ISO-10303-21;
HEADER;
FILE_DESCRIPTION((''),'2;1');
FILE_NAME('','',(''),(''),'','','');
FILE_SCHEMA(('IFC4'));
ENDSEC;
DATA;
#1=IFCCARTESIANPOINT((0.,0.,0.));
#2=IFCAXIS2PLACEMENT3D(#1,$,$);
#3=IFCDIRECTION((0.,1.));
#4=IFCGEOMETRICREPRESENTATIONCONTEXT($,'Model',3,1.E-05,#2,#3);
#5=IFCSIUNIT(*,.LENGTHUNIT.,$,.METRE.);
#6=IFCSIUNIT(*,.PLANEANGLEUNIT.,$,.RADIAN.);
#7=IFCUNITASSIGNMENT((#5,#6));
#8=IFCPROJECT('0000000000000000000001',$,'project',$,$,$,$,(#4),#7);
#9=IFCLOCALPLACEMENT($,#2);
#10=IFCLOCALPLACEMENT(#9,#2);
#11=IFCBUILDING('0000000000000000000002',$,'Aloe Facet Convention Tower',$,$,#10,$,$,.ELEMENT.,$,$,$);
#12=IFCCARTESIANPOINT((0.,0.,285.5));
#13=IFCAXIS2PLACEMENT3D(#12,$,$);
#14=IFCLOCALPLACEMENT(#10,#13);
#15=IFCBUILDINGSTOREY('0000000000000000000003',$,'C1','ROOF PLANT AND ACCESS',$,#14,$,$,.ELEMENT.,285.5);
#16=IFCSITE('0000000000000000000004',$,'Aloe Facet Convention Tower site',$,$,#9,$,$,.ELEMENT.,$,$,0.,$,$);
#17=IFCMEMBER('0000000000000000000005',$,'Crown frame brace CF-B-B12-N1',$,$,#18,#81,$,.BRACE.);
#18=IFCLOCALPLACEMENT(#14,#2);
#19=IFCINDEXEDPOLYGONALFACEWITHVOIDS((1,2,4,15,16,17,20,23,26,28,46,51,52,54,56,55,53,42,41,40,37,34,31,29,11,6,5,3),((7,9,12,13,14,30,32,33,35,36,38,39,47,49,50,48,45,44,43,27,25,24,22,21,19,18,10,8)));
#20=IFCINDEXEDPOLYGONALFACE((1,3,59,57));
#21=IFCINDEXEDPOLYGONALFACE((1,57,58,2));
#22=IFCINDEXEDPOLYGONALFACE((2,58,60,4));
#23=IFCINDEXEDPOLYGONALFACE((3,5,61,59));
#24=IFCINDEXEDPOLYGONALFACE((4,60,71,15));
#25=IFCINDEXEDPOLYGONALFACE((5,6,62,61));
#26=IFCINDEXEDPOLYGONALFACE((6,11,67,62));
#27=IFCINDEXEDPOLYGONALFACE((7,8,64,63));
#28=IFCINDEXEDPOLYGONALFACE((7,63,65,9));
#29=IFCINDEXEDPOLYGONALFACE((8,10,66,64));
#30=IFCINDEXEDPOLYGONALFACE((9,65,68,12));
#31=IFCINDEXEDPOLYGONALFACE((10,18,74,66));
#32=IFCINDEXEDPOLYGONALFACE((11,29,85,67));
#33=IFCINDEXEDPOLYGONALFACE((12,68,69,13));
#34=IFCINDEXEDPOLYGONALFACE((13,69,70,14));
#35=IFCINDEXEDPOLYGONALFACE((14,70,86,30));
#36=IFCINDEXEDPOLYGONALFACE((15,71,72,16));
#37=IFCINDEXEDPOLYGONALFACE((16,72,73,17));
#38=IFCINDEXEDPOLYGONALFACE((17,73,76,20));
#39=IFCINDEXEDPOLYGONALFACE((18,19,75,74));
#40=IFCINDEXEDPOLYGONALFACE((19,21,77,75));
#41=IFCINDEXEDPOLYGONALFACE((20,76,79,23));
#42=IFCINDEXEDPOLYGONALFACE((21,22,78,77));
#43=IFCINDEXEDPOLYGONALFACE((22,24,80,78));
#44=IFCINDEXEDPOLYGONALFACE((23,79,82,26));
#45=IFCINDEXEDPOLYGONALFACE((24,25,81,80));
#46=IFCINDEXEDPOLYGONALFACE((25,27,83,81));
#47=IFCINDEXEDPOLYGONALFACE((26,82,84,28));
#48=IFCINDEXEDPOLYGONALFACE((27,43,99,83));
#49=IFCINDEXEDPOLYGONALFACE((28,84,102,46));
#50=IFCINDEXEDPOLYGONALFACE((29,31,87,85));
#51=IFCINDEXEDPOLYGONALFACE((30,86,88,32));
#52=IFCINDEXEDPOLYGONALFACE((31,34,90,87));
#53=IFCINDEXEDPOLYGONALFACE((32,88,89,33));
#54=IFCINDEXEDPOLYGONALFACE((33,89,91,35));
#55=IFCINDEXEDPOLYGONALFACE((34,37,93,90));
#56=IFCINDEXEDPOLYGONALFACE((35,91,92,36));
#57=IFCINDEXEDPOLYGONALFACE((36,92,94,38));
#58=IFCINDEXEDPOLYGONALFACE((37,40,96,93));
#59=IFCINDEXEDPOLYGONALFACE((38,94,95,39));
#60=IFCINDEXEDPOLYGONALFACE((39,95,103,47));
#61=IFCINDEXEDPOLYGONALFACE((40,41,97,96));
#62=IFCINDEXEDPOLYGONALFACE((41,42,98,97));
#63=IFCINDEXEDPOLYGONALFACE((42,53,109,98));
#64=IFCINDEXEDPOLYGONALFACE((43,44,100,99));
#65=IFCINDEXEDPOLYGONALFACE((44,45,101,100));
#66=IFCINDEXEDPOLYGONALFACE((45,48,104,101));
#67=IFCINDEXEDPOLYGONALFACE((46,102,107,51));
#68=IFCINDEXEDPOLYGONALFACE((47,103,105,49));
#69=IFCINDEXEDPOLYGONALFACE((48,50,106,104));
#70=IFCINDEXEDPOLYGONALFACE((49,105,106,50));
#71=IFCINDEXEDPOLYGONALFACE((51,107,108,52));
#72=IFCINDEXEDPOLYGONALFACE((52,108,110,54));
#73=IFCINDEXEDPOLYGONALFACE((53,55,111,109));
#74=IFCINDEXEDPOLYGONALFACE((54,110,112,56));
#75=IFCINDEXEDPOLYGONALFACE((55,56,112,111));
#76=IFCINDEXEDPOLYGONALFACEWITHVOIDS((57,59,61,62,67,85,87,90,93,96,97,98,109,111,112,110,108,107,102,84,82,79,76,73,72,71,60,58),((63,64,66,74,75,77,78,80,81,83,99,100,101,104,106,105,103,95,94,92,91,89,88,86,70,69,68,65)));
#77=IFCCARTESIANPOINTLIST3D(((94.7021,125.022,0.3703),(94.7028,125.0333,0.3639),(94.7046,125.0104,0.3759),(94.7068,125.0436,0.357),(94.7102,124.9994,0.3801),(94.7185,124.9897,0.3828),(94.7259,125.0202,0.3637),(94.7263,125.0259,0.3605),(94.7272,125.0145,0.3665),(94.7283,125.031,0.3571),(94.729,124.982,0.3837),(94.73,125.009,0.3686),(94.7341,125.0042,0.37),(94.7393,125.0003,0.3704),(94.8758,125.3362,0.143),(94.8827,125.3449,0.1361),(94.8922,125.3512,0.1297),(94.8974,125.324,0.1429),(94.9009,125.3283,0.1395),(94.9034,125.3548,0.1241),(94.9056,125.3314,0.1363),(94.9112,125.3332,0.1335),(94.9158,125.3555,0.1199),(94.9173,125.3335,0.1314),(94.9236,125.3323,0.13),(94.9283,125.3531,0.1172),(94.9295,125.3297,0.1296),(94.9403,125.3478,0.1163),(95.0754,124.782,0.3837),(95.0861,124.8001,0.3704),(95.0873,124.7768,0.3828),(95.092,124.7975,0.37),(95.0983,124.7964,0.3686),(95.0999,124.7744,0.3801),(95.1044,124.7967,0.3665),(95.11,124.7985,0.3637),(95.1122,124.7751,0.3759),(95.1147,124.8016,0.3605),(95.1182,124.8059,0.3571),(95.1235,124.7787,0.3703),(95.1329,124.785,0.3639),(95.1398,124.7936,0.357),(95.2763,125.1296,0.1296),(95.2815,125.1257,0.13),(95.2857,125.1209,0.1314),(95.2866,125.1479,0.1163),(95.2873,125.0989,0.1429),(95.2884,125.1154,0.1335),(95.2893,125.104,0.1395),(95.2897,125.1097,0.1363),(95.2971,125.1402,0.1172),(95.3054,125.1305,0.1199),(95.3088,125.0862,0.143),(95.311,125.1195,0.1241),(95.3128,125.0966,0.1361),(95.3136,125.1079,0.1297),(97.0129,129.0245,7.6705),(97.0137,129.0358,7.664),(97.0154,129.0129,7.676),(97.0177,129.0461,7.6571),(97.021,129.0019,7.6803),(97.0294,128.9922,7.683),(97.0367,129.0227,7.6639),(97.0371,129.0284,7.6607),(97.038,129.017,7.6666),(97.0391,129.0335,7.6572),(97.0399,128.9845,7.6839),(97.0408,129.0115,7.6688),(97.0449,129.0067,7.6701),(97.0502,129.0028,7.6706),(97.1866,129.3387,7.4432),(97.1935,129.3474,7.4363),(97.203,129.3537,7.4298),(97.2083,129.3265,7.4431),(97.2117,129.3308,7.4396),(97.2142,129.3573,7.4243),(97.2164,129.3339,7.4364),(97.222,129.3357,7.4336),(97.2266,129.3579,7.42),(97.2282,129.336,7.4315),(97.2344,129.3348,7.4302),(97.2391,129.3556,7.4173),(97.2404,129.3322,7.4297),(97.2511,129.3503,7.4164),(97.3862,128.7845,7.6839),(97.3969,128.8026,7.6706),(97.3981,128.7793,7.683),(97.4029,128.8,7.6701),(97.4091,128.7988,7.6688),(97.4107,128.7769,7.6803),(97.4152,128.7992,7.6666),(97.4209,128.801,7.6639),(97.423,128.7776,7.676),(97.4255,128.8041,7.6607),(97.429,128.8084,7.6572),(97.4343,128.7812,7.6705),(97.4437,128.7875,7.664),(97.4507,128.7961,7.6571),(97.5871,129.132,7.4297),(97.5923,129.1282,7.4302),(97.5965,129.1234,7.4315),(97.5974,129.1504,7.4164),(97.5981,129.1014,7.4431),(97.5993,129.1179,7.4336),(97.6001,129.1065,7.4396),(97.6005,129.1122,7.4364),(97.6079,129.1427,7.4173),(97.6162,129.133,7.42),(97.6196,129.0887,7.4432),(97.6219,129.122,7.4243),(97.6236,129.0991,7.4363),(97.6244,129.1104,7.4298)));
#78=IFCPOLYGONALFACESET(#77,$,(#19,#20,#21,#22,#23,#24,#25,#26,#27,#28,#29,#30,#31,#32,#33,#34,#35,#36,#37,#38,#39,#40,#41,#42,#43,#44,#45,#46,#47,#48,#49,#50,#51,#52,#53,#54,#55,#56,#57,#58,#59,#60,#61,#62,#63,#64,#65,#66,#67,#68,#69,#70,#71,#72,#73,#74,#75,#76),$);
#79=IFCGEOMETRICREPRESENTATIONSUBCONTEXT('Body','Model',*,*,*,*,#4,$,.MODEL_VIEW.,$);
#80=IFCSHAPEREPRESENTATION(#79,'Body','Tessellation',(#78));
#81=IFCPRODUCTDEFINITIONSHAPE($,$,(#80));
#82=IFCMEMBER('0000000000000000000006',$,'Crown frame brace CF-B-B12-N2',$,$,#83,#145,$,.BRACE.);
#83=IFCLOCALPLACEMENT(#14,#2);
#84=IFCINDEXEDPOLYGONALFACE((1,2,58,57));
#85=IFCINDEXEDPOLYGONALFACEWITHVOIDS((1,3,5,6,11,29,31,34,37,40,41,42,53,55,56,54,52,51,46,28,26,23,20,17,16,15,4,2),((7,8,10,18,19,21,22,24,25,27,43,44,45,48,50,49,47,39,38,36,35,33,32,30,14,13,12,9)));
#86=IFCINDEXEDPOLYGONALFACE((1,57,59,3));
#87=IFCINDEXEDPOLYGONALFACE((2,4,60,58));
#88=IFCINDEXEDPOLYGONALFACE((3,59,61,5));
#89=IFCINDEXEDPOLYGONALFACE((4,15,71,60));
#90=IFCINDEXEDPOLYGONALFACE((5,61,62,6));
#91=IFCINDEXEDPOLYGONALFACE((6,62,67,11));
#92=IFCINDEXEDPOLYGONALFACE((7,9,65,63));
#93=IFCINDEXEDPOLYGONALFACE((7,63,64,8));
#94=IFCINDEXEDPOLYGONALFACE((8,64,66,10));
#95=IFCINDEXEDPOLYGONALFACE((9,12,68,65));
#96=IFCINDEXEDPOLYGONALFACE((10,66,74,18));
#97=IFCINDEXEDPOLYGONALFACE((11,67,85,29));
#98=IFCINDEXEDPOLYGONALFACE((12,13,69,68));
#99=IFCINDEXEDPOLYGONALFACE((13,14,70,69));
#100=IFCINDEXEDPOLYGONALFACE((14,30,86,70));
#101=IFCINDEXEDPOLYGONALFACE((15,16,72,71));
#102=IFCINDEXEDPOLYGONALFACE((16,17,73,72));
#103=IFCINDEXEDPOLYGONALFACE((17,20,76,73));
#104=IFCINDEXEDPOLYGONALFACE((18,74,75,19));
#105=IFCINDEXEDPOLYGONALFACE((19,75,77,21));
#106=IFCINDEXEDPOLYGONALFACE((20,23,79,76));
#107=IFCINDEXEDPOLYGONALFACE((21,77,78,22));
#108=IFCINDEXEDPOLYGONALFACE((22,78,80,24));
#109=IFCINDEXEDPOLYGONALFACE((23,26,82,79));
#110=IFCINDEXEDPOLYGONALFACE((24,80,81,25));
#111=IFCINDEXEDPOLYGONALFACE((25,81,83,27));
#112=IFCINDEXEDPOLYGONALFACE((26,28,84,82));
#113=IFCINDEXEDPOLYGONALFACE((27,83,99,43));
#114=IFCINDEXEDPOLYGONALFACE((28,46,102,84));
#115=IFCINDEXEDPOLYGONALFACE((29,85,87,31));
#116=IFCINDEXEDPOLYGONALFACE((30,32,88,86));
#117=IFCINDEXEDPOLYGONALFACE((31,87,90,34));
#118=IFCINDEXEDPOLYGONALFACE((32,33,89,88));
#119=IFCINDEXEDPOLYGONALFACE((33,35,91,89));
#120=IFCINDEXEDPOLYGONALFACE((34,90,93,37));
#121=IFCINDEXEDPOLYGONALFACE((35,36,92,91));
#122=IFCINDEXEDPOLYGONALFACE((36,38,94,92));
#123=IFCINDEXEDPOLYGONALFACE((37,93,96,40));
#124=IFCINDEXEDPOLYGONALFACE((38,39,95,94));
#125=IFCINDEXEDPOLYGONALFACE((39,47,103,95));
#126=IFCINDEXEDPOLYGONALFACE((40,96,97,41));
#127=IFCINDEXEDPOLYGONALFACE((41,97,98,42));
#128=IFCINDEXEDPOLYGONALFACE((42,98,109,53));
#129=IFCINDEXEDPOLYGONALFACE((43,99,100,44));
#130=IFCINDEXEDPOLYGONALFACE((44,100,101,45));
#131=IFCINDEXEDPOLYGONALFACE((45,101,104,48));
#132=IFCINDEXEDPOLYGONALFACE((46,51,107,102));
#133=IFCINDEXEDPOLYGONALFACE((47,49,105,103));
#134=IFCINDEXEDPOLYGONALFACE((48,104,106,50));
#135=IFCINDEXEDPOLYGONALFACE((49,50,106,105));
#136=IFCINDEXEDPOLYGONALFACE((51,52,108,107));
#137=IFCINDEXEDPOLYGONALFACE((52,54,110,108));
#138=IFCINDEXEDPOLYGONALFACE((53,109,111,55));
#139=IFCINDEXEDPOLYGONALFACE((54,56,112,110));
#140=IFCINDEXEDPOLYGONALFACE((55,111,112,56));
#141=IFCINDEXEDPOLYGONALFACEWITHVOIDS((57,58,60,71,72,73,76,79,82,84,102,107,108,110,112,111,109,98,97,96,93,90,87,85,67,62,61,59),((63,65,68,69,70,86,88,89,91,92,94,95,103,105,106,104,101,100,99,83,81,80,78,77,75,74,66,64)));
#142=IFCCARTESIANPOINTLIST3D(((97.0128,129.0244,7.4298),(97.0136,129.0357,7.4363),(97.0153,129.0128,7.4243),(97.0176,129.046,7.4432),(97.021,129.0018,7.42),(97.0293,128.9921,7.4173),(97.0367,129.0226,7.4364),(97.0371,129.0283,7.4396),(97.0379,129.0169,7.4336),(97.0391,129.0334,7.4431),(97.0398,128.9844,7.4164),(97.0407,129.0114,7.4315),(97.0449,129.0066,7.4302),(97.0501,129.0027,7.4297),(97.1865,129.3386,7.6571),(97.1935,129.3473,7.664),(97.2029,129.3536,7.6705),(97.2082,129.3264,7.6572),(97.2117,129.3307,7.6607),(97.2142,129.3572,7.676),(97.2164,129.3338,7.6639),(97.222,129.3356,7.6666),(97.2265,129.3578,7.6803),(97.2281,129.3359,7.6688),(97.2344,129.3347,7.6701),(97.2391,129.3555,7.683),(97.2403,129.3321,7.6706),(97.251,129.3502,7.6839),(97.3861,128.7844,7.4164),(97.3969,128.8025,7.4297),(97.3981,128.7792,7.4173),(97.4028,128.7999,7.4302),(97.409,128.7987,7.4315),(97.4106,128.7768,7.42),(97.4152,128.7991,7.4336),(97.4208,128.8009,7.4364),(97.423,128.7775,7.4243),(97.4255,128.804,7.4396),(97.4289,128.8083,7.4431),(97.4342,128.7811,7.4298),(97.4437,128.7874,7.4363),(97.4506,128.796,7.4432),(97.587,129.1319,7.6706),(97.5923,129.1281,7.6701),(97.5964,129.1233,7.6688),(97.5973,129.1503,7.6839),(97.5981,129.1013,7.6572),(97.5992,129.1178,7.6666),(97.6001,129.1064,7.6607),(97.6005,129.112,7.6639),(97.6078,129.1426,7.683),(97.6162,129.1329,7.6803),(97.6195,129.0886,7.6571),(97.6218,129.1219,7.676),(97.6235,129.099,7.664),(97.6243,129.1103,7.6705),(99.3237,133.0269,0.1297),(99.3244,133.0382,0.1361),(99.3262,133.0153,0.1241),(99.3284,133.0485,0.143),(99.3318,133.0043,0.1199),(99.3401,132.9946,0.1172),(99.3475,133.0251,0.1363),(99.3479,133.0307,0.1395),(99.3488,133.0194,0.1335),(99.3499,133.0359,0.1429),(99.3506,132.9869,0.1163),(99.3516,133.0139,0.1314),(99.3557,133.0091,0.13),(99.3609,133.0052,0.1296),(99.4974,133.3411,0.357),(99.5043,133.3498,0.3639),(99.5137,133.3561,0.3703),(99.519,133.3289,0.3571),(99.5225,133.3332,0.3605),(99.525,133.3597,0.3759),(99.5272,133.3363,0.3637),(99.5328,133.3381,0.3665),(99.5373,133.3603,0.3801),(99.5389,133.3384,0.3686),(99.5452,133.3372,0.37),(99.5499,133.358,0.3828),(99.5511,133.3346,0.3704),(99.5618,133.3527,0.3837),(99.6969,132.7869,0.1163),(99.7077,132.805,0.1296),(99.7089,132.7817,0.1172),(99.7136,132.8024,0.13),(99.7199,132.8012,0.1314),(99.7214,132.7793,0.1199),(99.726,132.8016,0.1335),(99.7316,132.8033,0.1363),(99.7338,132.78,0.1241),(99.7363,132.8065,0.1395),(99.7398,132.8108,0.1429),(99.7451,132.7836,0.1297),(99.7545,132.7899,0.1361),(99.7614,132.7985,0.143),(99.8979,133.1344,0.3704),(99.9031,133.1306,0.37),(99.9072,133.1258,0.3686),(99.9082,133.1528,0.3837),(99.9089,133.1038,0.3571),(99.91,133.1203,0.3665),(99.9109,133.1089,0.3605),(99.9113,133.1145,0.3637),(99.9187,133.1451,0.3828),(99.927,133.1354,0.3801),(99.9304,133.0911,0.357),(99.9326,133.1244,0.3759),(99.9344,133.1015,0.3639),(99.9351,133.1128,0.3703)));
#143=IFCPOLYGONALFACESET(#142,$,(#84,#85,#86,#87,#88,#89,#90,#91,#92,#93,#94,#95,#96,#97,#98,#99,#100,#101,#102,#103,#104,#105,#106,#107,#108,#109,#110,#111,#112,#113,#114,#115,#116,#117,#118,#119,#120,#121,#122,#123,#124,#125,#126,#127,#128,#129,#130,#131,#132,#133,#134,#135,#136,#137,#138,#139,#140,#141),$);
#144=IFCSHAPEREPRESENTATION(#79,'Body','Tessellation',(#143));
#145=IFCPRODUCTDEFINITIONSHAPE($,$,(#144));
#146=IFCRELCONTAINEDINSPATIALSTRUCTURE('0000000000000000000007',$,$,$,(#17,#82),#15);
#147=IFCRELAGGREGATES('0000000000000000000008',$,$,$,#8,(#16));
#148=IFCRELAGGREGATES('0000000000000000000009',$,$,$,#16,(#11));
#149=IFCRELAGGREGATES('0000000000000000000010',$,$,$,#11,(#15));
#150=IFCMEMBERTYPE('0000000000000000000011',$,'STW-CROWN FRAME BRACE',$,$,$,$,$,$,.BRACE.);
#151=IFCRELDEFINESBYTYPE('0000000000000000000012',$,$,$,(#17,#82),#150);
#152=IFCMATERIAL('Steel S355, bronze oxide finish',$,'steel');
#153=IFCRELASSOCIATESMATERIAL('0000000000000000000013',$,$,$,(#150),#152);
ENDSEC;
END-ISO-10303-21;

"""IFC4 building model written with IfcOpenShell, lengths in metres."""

from ifc_helpers import new_model, si_unit, direction, frame, origin, origin_2d, place, context, subcontext, project, spatial, hollow_rectangle, extrude, material, material_profile, profile_set, type_object, element, save


model = new_model("IFC4")

# Units and contexts
model_context = context("Model", 3, precision=1e-05, world=origin(), true_north=direction((0.0, 1.0)))
body_context = subcontext(model_context, "Body", "Model", "MODEL_VIEW")
ifc_project = project(units=[si_unit("LENGTHUNIT", "METRE"), si_unit("PLANEANGLEUNIT", "RADIAN")], contexts=[model_context])

# Site, building, storey
site_placement = place(None, origin())
site = spatial("IfcSite", under=ifc_project, at=site_placement, Name="Aloe Facet Convention Tower site", CompositionType="ELEMENT", RefElevation=0.0)
building_placement = place(site_placement, origin())
building = spatial("IfcBuilding", under=site, at=building_placement, Name="Aloe Facet Convention Tower", CompositionType="ELEMENT")
storey_placement = place(building_placement, frame((0.0, 0.0, 285.5)))
storey = spatial("IfcBuildingStorey", under=building, at=storey_placement, Name="C1", Description="ROOF PLANT AND ACCESS", CompositionType="ELEMENT", Elevation=285.5)

# Members
ifc_material_1 = material(Name="Steel S355, bronze oxide finish", Category="steel")
ifc_material_profile_1 = material_profile(ifc_material_1, hollow_rectangle(XDim=0.5, YDim=0.5, WallThickness=0.0249, InnerFilletRadius=0.0249, OuterFilletRadius=0.05, at=origin_2d()), Name="SHS 500x500x25")
ifc_profile_set_1 = profile_set([ifc_material_profile_1], Name="Steel S355, bronze oxide finish")
member_type = type_object("IfcMemberType", Name="STW-CROWN FRAME BRACE", PredefinedType="BRACE", material=ifc_profile_set_1)
for number, where, z_axis, x_axis, name in (
    (1, (95.0078, 125.0649, 0.25), (0.267452, 0.463244, 0.844911), (-0.866027, 0.499997, 0.0), "Crown frame brace CF-B-B12-N1"),
    (2, (99.6294, 133.0698, 0.25), (-0.267452, -0.463244, 0.844911), (0.866027, -0.499997, 0.0), "Crown frame brace CF-B-B12-N2"),
):
    element("IfcMember", number, at=place(storey_placement, frame(where, z_axis=z_axis, x_axis=x_axis)), inside=storey, type_object=member_type, Name=name, PredefinedType="BRACE", context=body_context, shape_type="SweptSolid", body=[
        extrude(hollow_rectangle(XDim=0.5, YDim=0.5, WallThickness=0.0249, InnerFilletRadius=0.0249, OuterFilletRadius=0.05, at=origin_2d()), origin(), (0.0, 0.0, 1.0), 8.6401),
    ])

save(model, "model.ifc")
